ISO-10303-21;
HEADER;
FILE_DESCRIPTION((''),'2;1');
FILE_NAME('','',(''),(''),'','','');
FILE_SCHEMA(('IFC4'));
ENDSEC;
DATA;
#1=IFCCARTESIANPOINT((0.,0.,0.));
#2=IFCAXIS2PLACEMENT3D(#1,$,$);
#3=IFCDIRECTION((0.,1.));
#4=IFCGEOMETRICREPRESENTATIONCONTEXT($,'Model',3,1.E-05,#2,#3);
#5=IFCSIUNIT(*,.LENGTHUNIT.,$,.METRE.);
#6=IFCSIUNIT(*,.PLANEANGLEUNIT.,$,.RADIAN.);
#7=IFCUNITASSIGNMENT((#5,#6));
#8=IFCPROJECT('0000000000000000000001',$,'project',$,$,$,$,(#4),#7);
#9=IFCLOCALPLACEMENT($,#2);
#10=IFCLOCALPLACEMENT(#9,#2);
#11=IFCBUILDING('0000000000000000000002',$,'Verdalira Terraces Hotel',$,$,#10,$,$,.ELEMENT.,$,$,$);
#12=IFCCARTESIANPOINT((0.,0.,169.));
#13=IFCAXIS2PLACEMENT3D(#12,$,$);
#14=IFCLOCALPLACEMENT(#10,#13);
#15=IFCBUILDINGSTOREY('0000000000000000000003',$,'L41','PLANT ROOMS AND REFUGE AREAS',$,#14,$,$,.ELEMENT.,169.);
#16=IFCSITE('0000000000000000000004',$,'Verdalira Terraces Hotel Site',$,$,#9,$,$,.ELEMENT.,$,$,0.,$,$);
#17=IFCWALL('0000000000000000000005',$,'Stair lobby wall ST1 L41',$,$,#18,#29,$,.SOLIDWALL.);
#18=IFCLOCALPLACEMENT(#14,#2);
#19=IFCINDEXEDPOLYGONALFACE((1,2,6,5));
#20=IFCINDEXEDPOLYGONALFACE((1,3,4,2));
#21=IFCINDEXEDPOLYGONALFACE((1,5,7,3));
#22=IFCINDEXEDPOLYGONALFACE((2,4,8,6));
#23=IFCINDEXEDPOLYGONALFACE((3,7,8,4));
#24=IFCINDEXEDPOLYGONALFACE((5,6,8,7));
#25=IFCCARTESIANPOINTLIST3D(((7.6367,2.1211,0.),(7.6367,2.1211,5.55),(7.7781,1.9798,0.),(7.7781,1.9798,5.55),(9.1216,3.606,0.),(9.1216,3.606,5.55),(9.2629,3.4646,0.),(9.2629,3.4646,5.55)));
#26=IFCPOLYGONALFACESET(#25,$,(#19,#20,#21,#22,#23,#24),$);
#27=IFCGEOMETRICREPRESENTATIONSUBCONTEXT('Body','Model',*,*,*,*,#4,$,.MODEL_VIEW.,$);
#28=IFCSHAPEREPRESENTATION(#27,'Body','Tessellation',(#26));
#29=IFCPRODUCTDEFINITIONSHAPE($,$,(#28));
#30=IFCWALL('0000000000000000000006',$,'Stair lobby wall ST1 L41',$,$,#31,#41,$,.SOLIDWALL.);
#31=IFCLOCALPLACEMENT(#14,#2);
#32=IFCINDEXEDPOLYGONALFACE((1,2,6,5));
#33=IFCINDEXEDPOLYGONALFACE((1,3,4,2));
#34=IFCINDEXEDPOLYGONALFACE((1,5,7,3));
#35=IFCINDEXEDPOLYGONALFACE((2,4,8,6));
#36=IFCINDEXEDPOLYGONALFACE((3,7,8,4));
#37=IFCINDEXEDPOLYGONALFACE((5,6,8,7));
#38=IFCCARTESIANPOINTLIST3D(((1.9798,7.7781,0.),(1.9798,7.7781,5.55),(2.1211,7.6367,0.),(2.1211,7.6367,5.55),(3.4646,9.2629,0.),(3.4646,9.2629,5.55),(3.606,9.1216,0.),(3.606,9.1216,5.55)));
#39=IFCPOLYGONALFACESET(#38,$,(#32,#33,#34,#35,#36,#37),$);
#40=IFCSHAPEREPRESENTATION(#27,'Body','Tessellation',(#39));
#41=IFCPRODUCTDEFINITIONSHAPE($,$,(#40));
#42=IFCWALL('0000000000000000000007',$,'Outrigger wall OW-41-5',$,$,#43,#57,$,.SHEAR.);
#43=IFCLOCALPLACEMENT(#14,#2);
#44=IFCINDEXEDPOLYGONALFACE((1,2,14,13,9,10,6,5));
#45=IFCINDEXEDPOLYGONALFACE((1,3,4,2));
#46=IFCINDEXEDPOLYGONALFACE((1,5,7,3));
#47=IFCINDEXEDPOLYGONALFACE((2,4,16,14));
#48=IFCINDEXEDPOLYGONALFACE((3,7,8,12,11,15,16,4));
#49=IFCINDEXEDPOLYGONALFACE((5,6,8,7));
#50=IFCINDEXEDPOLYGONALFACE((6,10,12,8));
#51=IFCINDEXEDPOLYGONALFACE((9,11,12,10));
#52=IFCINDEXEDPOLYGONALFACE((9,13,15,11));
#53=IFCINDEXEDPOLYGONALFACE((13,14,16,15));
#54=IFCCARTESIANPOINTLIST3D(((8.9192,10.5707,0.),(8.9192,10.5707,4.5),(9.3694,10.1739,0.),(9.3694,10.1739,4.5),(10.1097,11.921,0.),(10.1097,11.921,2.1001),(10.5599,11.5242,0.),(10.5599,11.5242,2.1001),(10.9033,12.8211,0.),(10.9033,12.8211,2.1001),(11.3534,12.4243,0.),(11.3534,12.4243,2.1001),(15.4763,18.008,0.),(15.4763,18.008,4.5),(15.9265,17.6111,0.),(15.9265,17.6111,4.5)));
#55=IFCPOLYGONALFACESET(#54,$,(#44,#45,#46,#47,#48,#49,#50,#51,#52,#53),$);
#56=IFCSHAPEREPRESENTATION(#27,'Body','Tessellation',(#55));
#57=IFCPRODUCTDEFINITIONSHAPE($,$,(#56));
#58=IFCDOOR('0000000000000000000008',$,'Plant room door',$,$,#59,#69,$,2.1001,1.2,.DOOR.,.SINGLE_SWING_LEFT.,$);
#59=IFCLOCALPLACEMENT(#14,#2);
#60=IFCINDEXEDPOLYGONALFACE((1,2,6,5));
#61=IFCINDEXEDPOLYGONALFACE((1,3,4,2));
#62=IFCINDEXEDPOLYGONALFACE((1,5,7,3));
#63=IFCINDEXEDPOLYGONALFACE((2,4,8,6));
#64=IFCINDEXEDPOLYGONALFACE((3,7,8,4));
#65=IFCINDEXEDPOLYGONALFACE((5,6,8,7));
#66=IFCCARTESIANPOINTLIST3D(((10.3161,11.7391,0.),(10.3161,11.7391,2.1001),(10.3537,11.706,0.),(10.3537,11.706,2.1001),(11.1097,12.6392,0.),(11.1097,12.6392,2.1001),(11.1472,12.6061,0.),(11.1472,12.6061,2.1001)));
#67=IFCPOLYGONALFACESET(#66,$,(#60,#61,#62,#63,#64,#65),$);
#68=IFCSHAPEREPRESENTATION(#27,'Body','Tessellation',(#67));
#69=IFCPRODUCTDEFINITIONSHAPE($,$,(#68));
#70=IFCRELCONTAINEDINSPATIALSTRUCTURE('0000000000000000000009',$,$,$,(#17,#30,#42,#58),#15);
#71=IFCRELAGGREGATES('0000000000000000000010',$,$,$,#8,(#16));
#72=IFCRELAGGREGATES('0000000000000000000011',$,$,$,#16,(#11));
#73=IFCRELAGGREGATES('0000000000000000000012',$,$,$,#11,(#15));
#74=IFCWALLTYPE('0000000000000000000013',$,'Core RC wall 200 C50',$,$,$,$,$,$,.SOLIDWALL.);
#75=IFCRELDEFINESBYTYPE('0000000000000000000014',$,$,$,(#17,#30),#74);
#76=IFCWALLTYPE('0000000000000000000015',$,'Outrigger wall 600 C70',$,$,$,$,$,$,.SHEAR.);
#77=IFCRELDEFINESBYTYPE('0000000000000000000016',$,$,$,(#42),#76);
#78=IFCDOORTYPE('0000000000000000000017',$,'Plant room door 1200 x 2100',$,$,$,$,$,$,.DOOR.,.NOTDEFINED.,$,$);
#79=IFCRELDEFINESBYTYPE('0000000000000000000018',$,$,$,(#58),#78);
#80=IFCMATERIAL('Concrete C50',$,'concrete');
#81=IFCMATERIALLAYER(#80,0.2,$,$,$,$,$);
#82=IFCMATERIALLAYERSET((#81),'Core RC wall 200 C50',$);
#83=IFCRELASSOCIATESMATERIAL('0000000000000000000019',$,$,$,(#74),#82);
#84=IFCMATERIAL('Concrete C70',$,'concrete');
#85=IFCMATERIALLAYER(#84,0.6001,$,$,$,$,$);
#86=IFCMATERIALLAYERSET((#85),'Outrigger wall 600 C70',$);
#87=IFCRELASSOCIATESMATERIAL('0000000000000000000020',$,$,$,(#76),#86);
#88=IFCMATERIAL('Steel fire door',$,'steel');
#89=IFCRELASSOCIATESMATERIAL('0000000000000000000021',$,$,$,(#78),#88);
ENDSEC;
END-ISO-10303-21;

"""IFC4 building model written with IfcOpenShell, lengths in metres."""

from ifc_helpers import new_model, si_unit, direction, frame, frame_2d, origin, place, context, subcontext, project, spatial, rectangle, extrude, material, layer, layer_set, type_object, element, fill, save


model = new_model("IFC4")

# Units and contexts
model_context = context("Model", 3, precision=1e-05, world=origin(), true_north=direction((0.0, 1.0)))
body_context = subcontext(model_context, "Body", "Model", "MODEL_VIEW")
ifc_project = project(units=[si_unit("LENGTHUNIT", "METRE"), si_unit("PLANEANGLEUNIT", "RADIAN")], contexts=[model_context])

# Site, building, storey
site_placement = place(None, origin())
site = spatial("IfcSite", under=ifc_project, at=site_placement, Name="Verdalira Terraces Hotel Site", CompositionType="ELEMENT", RefElevation=0.0)
building_placement = place(site_placement, origin())
building = spatial("IfcBuilding", under=site, at=building_placement, Name="Verdalira Terraces Hotel", CompositionType="ELEMENT")
storey_placement = place(building_placement, frame((0.0, 0.0, 169.0)))
storey = spatial("IfcBuildingStorey", under=building, at=storey_placement, Name="L41", Description="PLANT ROOMS AND REFUGE AREAS", CompositionType="ELEMENT", Elevation=169.0)

# Shared definitions
ifc_material_1 = material(Name="Concrete C50", Category="concrete")
ifc_layer_1 = layer(ifc_material_1, 0.2)
ifc_layer_set_1 = layer_set([ifc_layer_1], Name="Core RC wall 200 C50")
wall_type_1 = type_object("IfcWallType", Name="Core RC wall 200 C50", PredefinedType="SOLIDWALL", material=ifc_layer_set_1)

# Walls
for number, where, z_axis, x_axis, name in (
    (1, (7.7075, 2.0505, 0.0), (0.0, 0.0, 1.0), (0.707107, 0.707107, 0.0), "Stair lobby wall ST1 L41"),
    (2, (2.0505, 7.7075, 0.0), (0.0, 0.0, 1.0), (0.707107, 0.707107, 0.0), "Stair lobby wall ST1 L41"),
):
    element("IfcWall", number, at=place(storey_placement, frame(where, z_axis=z_axis, x_axis=x_axis)), inside=storey, type_object=wall_type_1, Name=name, PredefinedType="SOLIDWALL", context=body_context, shape_type="SweptSolid", body=[
        extrude(rectangle(XDim=2.0999, YDim=0.2, at=frame_2d((1.0498, 0.0))), origin(), (0.0, 0.0, 1.0), 5.55),
    ])

# Wall, opening, door
ifc_material_2 = material(Name="Concrete C70", Category="concrete")
ifc_layer_2 = layer(ifc_material_2, 0.6001)
ifc_layer_set_2 = layer_set([ifc_layer_2], Name="Outrigger wall 600 C70")
wall_type_2 = type_object("IfcWallType", Name="Outrigger wall 600 C70", PredefinedType="SHEAR", material=ifc_layer_set_2)
wall_1_placement = place(storey_placement, frame((9.1443, 10.3723, 0.0), z_axis=(0.0, 0.0, 1.0), x_axis=(0.661329, 0.750096, 0.0)))
wall_1 = element("IfcWall", 3, at=wall_1_placement, inside=storey, type_object=wall_type_2, Name="Outrigger wall OW-41-5", PredefinedType="SHEAR", context=body_context, shape_type="SweptSolid", body=[
    extrude(rectangle(XDim=9.915, YDim=0.6001, at=frame_2d((4.9575, 0.0))), origin(), (0.0, 0.0, 1.0), 4.5),
])
opening_1_placement = place(wall_1_placement, frame((1.8, 0.0, 0.0)))
opening_1 = element("IfcOpeningElement", 4, at=opening_1_placement, cuts=wall_1, PredefinedType="OPENING", context=body_context, shape_type="SweptSolid", body=[
    extrude(rectangle(XDim=1.2, YDim=2.1001, at=frame_2d((0.6001, 1.05))), frame((0.0, 0.3101, 0.0), z_axis=(0.0, -1.0, 0.0), x_axis=(1.0, 0.0, 0.0)), (0.0, 0.0, 1.0), 0.6201),
])
ifc_material_3 = material(Name="Steel fire door", Category="steel")
door_type_1 = type_object("IfcDoorType", Name="Plant room door 1200 x 2100", OperationType="NOTDEFINED", PredefinedType="DOOR", material=ifc_material_3)
door_1_placement = place(opening_1_placement, origin())
door_1 = element("IfcDoor", 5, at=door_1_placement, inside=storey, type_object=door_type_1, Name="Plant room door", OperationType="SINGLE_SWING_LEFT", OverallHeight=2.1001, OverallWidth=1.2, PredefinedType="DOOR", context=body_context, shape_type="SweptSolid", body=[
    extrude(rectangle(XDim=1.2, YDim=2.1001, at=frame_2d((0.6001, 1.05))), frame((0.0, 0.0249, 0.0), z_axis=(0.0, -1.0, 0.0), x_axis=(1.0, 0.0, 0.0)), (0.0, 0.0, 1.0), 0.05),
])
fill(opening_1, door_1)

save(model, "model.ifc")
